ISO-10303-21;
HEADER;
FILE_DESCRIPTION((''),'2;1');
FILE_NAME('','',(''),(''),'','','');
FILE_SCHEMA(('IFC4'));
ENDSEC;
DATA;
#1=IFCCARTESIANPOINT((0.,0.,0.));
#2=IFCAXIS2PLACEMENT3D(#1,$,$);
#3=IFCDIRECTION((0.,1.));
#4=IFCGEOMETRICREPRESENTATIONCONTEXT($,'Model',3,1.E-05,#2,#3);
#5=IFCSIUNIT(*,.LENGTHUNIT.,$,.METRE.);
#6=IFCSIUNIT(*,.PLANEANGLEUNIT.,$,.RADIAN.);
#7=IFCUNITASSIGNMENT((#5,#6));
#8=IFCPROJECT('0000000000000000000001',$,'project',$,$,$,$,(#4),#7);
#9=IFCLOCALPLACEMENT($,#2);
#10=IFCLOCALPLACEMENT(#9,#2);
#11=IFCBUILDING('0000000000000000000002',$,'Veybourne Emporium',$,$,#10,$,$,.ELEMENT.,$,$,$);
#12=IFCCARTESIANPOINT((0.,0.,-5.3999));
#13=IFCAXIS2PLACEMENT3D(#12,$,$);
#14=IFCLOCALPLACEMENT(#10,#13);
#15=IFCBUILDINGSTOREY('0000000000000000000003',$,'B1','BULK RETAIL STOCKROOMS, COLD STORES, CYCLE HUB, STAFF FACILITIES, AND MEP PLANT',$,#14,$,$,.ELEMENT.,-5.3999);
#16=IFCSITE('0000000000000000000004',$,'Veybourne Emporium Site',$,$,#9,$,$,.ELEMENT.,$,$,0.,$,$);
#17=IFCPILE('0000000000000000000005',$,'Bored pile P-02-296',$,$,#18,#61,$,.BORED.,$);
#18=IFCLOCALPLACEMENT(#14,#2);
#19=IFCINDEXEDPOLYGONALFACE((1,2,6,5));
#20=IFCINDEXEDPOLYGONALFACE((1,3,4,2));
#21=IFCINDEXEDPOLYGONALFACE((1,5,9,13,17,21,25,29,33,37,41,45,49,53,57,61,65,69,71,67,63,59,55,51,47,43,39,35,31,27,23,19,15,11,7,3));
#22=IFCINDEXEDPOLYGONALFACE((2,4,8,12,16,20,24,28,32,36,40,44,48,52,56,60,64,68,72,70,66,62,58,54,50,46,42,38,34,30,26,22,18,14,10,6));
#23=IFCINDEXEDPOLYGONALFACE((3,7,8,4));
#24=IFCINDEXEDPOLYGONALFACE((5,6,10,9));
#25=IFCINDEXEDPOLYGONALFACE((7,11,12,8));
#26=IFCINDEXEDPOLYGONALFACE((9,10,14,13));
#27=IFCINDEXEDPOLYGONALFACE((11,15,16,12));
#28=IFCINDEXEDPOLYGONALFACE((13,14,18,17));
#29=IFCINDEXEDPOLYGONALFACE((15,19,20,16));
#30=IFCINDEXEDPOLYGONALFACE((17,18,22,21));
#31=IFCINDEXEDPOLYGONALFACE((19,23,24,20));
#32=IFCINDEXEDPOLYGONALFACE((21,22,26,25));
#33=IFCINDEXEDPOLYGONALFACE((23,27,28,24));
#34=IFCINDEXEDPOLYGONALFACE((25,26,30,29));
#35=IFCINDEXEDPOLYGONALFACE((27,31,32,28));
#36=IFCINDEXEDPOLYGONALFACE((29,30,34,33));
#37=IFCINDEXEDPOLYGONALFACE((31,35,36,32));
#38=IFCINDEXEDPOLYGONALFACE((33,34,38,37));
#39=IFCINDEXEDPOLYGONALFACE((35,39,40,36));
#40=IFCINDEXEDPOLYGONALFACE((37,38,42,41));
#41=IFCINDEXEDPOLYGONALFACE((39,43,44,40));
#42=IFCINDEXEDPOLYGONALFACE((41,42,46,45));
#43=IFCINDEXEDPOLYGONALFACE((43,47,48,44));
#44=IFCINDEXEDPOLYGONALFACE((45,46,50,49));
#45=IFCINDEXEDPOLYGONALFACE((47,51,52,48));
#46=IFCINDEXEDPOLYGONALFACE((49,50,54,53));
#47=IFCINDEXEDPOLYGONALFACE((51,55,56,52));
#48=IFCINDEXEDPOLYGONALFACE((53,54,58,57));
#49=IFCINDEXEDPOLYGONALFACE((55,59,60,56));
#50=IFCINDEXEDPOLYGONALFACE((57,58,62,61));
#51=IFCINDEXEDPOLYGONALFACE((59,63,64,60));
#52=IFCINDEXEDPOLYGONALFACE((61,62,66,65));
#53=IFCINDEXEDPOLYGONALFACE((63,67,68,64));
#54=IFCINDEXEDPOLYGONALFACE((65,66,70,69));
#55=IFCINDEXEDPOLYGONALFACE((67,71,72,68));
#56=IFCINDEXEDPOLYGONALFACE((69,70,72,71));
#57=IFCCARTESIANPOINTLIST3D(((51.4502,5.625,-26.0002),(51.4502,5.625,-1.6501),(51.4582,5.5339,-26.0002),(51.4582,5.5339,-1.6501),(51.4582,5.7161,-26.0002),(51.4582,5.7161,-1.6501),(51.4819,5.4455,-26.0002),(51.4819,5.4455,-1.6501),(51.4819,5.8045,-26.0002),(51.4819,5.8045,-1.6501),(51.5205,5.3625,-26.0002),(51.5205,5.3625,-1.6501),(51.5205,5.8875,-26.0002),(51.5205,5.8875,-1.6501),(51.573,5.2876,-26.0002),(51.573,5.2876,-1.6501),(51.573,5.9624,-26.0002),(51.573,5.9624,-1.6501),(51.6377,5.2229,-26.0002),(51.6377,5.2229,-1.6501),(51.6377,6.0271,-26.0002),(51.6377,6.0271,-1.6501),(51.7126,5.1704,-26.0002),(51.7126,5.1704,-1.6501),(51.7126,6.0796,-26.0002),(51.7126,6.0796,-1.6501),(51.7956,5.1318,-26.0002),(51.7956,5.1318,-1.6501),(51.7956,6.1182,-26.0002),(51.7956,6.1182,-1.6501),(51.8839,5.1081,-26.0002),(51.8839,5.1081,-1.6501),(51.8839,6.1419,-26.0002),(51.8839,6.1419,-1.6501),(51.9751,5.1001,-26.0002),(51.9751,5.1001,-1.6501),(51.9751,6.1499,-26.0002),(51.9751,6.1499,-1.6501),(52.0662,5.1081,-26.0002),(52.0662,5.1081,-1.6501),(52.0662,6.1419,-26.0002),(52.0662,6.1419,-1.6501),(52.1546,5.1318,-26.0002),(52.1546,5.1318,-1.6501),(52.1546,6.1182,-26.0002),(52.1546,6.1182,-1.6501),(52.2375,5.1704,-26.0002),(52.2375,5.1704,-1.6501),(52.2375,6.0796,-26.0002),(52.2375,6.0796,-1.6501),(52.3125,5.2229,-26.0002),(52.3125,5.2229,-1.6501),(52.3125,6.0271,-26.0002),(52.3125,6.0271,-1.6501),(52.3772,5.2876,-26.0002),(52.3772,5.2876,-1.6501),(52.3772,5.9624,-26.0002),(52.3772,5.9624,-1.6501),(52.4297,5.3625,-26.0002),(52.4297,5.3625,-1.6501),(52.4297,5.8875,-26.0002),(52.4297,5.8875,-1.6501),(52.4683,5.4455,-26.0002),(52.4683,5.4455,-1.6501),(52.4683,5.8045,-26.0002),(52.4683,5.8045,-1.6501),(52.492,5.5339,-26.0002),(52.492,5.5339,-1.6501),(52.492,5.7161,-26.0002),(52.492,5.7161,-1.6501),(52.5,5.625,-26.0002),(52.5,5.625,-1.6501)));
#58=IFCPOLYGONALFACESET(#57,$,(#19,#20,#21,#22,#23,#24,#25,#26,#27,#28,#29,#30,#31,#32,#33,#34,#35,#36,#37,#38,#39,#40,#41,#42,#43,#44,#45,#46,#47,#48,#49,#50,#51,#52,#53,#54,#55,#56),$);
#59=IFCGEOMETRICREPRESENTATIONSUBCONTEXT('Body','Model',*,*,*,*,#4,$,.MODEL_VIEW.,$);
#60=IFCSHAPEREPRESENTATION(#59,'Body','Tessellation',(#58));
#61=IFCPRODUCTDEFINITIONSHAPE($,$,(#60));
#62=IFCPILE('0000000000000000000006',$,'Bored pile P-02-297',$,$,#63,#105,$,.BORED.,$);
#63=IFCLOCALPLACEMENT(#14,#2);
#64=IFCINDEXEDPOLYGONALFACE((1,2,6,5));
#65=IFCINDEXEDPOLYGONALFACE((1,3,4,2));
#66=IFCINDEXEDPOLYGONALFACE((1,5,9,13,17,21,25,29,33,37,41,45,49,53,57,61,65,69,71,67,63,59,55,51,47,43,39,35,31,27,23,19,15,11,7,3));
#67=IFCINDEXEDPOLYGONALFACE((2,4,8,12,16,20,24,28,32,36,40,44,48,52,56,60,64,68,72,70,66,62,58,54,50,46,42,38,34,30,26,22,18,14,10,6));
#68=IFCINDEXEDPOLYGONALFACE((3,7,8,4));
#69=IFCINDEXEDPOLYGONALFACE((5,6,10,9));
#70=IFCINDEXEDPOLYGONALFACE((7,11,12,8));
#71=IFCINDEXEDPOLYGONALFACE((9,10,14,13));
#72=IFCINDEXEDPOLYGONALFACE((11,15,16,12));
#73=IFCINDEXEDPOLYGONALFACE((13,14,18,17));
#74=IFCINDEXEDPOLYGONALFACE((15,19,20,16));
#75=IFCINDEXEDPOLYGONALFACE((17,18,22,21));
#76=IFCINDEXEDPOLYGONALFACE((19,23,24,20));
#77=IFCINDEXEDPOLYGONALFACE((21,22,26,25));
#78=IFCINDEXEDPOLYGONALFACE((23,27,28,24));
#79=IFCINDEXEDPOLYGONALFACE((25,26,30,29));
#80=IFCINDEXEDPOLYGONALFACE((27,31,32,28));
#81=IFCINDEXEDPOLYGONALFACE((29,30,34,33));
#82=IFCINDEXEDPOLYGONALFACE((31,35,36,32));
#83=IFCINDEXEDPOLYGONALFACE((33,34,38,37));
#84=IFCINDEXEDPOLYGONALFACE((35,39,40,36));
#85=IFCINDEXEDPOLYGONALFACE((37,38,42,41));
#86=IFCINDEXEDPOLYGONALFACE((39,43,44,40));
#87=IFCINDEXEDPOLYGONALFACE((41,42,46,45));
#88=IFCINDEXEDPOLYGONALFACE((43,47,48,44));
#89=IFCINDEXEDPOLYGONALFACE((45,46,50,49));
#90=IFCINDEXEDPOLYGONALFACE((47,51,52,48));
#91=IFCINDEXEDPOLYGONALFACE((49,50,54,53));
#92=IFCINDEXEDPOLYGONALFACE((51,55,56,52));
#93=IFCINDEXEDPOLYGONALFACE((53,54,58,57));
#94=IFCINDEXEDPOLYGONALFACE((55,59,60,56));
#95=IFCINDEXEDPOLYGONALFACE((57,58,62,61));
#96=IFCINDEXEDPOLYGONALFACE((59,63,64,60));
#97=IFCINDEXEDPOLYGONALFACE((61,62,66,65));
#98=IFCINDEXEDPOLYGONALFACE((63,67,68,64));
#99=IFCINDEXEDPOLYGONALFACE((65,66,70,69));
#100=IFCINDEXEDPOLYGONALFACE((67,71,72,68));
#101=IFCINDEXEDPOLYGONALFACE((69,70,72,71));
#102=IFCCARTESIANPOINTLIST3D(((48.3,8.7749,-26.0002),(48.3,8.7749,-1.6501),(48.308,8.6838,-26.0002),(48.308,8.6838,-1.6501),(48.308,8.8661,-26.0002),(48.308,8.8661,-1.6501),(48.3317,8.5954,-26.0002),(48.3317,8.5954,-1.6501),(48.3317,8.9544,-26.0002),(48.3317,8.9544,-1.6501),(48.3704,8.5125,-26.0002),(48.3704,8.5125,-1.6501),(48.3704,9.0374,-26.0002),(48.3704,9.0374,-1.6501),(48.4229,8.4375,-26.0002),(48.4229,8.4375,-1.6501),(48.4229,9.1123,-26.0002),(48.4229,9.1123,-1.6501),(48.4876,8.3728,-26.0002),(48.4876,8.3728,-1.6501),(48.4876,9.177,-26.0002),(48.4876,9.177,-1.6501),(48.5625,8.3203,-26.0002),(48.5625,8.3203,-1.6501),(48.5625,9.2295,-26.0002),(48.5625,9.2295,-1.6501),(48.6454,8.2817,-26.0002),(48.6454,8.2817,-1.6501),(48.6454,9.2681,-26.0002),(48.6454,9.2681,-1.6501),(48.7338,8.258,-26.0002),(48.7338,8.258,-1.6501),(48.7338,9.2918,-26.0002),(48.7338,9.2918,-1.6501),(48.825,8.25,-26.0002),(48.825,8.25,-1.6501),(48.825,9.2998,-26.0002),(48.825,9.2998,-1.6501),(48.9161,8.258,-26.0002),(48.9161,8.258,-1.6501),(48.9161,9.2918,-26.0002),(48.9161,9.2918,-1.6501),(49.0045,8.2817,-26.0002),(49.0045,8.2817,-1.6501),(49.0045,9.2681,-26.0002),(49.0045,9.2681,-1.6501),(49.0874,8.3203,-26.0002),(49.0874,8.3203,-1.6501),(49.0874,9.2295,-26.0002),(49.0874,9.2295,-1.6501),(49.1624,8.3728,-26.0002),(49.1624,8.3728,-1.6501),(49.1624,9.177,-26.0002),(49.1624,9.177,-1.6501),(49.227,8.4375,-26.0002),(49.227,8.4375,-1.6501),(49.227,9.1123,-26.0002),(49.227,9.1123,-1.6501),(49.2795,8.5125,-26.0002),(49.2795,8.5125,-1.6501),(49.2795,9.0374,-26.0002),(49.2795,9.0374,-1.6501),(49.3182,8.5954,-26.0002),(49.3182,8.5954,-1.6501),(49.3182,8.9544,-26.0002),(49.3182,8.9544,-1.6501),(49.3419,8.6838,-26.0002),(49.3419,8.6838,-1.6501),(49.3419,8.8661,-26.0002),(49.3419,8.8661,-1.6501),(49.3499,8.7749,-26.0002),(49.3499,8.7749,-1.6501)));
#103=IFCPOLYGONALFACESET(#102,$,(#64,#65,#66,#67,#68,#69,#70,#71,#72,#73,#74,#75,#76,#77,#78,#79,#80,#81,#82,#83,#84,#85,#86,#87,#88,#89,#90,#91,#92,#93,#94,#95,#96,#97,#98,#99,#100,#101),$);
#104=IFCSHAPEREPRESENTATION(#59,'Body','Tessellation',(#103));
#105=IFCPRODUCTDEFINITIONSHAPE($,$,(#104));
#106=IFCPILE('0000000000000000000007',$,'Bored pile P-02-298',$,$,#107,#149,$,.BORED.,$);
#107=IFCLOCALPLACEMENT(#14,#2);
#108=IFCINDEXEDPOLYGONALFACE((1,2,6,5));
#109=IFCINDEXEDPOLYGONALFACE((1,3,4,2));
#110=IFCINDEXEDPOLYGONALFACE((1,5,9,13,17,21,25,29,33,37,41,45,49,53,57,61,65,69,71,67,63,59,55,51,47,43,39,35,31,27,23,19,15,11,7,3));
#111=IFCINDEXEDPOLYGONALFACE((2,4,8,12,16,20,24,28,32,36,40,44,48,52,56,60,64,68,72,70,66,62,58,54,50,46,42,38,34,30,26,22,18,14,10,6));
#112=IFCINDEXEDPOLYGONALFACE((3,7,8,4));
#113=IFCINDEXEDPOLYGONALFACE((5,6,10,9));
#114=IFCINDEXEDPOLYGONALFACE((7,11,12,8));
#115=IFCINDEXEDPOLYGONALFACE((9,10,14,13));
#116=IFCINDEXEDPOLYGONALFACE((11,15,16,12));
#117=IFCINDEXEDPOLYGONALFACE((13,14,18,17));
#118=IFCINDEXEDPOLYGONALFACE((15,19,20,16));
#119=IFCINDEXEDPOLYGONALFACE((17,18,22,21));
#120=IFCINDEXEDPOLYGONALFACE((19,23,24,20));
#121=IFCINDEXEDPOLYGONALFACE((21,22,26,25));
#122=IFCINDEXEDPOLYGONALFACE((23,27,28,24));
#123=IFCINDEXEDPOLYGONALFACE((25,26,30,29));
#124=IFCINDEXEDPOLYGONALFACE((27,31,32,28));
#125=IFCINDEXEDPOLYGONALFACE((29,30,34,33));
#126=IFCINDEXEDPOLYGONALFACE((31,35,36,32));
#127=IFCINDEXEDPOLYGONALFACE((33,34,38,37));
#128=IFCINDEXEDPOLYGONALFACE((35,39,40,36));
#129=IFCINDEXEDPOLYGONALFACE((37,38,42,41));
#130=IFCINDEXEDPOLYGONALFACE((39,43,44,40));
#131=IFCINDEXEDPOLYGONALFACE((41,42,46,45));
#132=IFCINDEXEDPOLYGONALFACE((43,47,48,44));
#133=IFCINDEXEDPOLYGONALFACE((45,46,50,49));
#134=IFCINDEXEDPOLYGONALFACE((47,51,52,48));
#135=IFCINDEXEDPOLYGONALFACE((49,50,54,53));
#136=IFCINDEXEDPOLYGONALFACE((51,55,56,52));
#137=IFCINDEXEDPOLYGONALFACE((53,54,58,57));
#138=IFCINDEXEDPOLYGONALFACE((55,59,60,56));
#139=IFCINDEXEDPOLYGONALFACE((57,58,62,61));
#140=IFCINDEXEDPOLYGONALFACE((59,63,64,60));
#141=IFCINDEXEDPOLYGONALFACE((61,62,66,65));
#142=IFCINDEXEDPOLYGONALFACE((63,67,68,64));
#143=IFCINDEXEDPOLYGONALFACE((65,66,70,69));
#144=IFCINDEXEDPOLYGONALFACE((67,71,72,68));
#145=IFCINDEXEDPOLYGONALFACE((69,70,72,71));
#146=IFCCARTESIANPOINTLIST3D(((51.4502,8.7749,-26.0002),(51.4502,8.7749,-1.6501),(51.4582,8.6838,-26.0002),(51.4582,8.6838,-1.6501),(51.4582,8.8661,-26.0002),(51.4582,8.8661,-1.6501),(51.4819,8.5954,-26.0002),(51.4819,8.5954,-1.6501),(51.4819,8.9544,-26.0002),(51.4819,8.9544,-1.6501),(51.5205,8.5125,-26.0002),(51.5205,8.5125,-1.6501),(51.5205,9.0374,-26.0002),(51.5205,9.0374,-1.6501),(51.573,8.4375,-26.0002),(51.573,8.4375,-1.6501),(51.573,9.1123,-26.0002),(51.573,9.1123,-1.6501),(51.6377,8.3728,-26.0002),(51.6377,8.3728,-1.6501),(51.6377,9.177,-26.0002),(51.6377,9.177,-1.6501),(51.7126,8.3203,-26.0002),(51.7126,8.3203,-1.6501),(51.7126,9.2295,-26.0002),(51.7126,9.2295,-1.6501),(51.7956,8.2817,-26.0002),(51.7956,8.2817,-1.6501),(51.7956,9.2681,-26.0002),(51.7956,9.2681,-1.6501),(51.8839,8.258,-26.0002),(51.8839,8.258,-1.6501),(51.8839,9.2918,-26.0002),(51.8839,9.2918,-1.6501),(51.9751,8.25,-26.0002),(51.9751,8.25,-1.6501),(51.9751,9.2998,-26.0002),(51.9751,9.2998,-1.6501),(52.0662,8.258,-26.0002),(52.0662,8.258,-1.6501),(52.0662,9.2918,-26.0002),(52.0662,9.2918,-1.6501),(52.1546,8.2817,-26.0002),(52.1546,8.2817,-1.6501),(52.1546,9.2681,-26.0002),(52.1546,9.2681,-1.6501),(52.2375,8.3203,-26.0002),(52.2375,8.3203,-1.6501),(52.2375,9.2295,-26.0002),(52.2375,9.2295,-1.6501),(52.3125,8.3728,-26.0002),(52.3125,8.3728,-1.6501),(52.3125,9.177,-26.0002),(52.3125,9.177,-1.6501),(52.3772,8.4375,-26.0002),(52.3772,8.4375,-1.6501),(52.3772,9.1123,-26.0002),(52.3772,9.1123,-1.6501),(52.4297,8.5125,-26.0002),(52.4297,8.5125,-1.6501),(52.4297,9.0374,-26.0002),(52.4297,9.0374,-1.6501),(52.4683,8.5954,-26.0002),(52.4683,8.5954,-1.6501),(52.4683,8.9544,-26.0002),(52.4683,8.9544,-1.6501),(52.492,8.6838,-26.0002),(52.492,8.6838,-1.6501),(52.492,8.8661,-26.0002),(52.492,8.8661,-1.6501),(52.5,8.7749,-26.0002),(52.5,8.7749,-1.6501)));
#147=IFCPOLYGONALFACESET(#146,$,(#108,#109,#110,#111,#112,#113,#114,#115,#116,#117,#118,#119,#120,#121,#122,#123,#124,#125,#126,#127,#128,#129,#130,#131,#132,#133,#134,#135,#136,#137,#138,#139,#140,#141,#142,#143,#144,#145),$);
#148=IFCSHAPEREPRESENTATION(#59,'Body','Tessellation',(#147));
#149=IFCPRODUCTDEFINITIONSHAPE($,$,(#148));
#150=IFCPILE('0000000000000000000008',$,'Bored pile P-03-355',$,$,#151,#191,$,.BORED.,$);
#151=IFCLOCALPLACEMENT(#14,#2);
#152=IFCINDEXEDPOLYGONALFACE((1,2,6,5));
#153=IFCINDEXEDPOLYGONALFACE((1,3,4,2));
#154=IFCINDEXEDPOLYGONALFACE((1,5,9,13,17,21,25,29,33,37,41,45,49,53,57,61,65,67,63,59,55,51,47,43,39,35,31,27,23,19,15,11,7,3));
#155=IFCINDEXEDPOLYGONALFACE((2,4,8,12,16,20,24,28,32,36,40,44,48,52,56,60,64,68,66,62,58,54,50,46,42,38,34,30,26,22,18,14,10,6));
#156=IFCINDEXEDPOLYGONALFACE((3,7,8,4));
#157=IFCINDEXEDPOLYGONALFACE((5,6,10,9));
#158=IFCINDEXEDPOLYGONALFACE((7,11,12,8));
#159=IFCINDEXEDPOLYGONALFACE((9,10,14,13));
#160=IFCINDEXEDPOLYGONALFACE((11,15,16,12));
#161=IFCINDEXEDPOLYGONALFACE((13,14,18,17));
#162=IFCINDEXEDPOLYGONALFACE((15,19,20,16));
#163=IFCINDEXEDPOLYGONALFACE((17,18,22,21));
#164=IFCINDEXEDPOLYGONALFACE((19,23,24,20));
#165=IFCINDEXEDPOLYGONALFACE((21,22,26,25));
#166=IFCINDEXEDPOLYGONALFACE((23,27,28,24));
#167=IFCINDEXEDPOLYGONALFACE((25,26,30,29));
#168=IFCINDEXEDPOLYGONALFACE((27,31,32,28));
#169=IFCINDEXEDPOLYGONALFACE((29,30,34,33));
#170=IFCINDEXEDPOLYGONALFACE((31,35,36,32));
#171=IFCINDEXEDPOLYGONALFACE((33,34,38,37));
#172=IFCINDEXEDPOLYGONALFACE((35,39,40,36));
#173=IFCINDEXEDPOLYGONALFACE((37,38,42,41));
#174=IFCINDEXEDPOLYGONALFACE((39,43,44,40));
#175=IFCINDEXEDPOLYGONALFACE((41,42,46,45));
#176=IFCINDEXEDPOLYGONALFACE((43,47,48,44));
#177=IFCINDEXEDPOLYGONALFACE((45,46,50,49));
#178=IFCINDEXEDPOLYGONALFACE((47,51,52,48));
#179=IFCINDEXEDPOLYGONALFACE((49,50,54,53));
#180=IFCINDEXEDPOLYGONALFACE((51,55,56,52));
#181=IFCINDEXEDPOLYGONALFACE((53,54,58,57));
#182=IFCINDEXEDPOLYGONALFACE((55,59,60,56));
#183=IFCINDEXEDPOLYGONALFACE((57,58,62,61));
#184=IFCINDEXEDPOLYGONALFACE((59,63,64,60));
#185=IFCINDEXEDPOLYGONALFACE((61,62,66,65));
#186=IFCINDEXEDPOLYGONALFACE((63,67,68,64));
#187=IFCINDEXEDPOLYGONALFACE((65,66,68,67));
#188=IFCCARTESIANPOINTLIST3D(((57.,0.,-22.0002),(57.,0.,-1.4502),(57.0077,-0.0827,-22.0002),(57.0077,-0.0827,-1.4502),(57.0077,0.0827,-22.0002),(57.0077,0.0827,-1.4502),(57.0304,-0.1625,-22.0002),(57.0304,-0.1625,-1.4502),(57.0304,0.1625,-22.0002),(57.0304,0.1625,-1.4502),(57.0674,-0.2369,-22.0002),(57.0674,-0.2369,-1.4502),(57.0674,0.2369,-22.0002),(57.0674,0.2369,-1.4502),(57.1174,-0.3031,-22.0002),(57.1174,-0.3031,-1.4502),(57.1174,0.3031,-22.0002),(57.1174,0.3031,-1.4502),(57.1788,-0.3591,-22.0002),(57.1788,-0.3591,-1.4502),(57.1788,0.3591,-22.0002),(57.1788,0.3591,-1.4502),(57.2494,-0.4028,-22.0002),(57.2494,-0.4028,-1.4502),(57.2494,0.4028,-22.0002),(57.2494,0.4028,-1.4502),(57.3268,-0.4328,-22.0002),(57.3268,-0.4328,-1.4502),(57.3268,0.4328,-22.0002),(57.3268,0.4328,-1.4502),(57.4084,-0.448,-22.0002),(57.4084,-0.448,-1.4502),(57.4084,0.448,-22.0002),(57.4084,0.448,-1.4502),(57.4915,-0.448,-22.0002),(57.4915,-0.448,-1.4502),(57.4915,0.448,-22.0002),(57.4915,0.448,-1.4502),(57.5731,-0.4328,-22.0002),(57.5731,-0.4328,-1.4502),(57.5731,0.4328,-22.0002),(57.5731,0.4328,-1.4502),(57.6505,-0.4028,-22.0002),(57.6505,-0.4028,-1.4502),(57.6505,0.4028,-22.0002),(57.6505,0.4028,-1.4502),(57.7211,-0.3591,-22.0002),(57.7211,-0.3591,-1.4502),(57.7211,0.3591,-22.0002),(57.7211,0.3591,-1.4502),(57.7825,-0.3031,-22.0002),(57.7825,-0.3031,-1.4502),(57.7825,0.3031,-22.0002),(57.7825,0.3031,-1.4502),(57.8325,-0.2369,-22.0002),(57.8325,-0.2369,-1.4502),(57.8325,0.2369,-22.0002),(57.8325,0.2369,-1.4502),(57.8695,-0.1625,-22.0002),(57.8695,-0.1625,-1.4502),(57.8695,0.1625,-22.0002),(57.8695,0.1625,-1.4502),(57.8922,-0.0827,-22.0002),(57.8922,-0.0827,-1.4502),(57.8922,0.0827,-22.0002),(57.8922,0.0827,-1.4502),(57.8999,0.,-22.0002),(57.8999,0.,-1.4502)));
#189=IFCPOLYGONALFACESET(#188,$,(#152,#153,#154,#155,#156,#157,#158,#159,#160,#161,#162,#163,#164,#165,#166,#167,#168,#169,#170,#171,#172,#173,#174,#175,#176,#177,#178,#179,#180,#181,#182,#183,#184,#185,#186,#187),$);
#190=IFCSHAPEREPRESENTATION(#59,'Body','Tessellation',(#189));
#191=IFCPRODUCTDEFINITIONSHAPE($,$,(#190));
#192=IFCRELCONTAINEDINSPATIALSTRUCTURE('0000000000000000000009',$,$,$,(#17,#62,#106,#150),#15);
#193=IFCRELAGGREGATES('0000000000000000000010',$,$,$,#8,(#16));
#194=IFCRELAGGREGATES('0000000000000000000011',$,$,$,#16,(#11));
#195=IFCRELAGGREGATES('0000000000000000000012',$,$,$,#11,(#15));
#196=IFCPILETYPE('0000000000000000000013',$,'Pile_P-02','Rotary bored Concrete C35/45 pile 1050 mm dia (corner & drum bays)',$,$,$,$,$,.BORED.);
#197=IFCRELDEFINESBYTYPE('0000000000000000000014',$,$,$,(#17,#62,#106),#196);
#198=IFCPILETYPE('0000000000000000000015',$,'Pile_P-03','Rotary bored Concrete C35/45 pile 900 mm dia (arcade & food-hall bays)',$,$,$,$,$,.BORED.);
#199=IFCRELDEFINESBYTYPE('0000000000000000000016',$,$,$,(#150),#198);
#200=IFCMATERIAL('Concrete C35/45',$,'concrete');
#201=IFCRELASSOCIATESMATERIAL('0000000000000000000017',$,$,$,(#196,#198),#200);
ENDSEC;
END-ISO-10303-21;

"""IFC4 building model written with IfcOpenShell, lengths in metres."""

from ifc_helpers import new_model, si_unit, direction, frame, origin, origin_2d, place, context, subcontext, project, spatial, circle, extrude, material, material_profile, profile_set, type_object, element, save


model = new_model("IFC4")

# Units and contexts
model_context = context("Model", 3, precision=1e-05, world=origin(), true_north=direction((0.0, 1.0)))
body_context = subcontext(model_context, "Body", "Model", "MODEL_VIEW")
ifc_project = project(units=[si_unit("LENGTHUNIT", "METRE"), si_unit("PLANEANGLEUNIT", "RADIAN")], contexts=[model_context])

# Site, building, storey
site_placement = place(None, origin())
site = spatial("IfcSite", under=ifc_project, at=site_placement, Name="Veybourne Emporium Site", CompositionType="ELEMENT", RefElevation=0.0)
building_placement = place(site_placement, origin())
building = spatial("IfcBuilding", under=site, at=building_placement, Name="Veybourne Emporium", CompositionType="ELEMENT")
storey_placement = place(building_placement, frame((0.0, 0.0, -5.3999)))
storey = spatial("IfcBuildingStorey", under=building, at=storey_placement, Name="B1", Description="BULK RETAIL STOCKROOMS, COLD STORES, CYCLE HUB, STAFF FACILITIES, AND MEP PLANT", CompositionType="ELEMENT", Elevation=-5.3999)

# Shared definitions
ifc_material_1 = material(Name="Concrete C35/45", Category="concrete")

# Piles
ifc_material_profile_1 = material_profile(ifc_material_1, circle(Radius=0.5249, at=origin_2d()), Name="BORED PILE 1050")
ifc_profile_set_1 = profile_set([ifc_material_profile_1], Name="Concrete C35/45")
pile_type_1 = type_object("IfcPileType", Name="Pile_P-02", Description="Rotary bored Concrete C35/45 pile 1050 mm dia (corner & drum bays)", PredefinedType="BORED", material=ifc_profile_set_1)
for number, where, z_axis, x_axis, name in (
    (1, (51.9751, 5.625, -1.6501), (0.0, 0.0, -1.0), (1.0, 0.0, 0.0), "Bored pile P-02-296"),
    (2, (48.825, 8.7749, -1.6501), (0.0, 0.0, -1.0), (1.0, 0.0, 0.0), "Bored pile P-02-297"),
    (3, (51.9751, 8.7749, -1.6501), (0.0, 0.0, -1.0), (1.0, 0.0, 0.0), "Bored pile P-02-298"),
):
    element("IfcPile", number, at=place(storey_placement, frame(where, z_axis=z_axis, x_axis=x_axis)), inside=storey, type_object=pile_type_1, Name=name, PredefinedType="BORED", context=body_context, shape_type="SweptSolid", body=[
        extrude(circle(Radius=0.5249, at=origin_2d()), origin(), (0.0, 0.0, 1.0), 24.3501),
    ])
ifc_material_profile_2 = material_profile(ifc_material_1, circle(Radius=0.45, at=origin_2d()), Name="BORED PILE 900")
ifc_profile_set_2 = profile_set([ifc_material_profile_2], Name="Concrete C35/45")
pile_type_2 = type_object("IfcPileType", Name="Pile_P-03", Description="Rotary bored Concrete C35/45 pile 900 mm dia (arcade & food-hall bays)", PredefinedType="BORED", material=ifc_profile_set_2)
for number, where, z_axis, x_axis, name in (
    (4, (57.45, 0.0, -1.4502), (0.0, 0.0, -1.0), (1.0, 0.0, 0.0), "Bored pile P-03-355"),
):
    element("IfcPile", number, at=place(storey_placement, frame(where, z_axis=z_axis, x_axis=x_axis)), inside=storey, type_object=pile_type_2, Name=name, PredefinedType="BORED", context=body_context, shape_type="SweptSolid", body=[
        extrude(circle(Radius=0.45, at=origin_2d()), origin(), (0.0, 0.0, 1.0), 20.55),
    ])

save(model, "model.ifc")
